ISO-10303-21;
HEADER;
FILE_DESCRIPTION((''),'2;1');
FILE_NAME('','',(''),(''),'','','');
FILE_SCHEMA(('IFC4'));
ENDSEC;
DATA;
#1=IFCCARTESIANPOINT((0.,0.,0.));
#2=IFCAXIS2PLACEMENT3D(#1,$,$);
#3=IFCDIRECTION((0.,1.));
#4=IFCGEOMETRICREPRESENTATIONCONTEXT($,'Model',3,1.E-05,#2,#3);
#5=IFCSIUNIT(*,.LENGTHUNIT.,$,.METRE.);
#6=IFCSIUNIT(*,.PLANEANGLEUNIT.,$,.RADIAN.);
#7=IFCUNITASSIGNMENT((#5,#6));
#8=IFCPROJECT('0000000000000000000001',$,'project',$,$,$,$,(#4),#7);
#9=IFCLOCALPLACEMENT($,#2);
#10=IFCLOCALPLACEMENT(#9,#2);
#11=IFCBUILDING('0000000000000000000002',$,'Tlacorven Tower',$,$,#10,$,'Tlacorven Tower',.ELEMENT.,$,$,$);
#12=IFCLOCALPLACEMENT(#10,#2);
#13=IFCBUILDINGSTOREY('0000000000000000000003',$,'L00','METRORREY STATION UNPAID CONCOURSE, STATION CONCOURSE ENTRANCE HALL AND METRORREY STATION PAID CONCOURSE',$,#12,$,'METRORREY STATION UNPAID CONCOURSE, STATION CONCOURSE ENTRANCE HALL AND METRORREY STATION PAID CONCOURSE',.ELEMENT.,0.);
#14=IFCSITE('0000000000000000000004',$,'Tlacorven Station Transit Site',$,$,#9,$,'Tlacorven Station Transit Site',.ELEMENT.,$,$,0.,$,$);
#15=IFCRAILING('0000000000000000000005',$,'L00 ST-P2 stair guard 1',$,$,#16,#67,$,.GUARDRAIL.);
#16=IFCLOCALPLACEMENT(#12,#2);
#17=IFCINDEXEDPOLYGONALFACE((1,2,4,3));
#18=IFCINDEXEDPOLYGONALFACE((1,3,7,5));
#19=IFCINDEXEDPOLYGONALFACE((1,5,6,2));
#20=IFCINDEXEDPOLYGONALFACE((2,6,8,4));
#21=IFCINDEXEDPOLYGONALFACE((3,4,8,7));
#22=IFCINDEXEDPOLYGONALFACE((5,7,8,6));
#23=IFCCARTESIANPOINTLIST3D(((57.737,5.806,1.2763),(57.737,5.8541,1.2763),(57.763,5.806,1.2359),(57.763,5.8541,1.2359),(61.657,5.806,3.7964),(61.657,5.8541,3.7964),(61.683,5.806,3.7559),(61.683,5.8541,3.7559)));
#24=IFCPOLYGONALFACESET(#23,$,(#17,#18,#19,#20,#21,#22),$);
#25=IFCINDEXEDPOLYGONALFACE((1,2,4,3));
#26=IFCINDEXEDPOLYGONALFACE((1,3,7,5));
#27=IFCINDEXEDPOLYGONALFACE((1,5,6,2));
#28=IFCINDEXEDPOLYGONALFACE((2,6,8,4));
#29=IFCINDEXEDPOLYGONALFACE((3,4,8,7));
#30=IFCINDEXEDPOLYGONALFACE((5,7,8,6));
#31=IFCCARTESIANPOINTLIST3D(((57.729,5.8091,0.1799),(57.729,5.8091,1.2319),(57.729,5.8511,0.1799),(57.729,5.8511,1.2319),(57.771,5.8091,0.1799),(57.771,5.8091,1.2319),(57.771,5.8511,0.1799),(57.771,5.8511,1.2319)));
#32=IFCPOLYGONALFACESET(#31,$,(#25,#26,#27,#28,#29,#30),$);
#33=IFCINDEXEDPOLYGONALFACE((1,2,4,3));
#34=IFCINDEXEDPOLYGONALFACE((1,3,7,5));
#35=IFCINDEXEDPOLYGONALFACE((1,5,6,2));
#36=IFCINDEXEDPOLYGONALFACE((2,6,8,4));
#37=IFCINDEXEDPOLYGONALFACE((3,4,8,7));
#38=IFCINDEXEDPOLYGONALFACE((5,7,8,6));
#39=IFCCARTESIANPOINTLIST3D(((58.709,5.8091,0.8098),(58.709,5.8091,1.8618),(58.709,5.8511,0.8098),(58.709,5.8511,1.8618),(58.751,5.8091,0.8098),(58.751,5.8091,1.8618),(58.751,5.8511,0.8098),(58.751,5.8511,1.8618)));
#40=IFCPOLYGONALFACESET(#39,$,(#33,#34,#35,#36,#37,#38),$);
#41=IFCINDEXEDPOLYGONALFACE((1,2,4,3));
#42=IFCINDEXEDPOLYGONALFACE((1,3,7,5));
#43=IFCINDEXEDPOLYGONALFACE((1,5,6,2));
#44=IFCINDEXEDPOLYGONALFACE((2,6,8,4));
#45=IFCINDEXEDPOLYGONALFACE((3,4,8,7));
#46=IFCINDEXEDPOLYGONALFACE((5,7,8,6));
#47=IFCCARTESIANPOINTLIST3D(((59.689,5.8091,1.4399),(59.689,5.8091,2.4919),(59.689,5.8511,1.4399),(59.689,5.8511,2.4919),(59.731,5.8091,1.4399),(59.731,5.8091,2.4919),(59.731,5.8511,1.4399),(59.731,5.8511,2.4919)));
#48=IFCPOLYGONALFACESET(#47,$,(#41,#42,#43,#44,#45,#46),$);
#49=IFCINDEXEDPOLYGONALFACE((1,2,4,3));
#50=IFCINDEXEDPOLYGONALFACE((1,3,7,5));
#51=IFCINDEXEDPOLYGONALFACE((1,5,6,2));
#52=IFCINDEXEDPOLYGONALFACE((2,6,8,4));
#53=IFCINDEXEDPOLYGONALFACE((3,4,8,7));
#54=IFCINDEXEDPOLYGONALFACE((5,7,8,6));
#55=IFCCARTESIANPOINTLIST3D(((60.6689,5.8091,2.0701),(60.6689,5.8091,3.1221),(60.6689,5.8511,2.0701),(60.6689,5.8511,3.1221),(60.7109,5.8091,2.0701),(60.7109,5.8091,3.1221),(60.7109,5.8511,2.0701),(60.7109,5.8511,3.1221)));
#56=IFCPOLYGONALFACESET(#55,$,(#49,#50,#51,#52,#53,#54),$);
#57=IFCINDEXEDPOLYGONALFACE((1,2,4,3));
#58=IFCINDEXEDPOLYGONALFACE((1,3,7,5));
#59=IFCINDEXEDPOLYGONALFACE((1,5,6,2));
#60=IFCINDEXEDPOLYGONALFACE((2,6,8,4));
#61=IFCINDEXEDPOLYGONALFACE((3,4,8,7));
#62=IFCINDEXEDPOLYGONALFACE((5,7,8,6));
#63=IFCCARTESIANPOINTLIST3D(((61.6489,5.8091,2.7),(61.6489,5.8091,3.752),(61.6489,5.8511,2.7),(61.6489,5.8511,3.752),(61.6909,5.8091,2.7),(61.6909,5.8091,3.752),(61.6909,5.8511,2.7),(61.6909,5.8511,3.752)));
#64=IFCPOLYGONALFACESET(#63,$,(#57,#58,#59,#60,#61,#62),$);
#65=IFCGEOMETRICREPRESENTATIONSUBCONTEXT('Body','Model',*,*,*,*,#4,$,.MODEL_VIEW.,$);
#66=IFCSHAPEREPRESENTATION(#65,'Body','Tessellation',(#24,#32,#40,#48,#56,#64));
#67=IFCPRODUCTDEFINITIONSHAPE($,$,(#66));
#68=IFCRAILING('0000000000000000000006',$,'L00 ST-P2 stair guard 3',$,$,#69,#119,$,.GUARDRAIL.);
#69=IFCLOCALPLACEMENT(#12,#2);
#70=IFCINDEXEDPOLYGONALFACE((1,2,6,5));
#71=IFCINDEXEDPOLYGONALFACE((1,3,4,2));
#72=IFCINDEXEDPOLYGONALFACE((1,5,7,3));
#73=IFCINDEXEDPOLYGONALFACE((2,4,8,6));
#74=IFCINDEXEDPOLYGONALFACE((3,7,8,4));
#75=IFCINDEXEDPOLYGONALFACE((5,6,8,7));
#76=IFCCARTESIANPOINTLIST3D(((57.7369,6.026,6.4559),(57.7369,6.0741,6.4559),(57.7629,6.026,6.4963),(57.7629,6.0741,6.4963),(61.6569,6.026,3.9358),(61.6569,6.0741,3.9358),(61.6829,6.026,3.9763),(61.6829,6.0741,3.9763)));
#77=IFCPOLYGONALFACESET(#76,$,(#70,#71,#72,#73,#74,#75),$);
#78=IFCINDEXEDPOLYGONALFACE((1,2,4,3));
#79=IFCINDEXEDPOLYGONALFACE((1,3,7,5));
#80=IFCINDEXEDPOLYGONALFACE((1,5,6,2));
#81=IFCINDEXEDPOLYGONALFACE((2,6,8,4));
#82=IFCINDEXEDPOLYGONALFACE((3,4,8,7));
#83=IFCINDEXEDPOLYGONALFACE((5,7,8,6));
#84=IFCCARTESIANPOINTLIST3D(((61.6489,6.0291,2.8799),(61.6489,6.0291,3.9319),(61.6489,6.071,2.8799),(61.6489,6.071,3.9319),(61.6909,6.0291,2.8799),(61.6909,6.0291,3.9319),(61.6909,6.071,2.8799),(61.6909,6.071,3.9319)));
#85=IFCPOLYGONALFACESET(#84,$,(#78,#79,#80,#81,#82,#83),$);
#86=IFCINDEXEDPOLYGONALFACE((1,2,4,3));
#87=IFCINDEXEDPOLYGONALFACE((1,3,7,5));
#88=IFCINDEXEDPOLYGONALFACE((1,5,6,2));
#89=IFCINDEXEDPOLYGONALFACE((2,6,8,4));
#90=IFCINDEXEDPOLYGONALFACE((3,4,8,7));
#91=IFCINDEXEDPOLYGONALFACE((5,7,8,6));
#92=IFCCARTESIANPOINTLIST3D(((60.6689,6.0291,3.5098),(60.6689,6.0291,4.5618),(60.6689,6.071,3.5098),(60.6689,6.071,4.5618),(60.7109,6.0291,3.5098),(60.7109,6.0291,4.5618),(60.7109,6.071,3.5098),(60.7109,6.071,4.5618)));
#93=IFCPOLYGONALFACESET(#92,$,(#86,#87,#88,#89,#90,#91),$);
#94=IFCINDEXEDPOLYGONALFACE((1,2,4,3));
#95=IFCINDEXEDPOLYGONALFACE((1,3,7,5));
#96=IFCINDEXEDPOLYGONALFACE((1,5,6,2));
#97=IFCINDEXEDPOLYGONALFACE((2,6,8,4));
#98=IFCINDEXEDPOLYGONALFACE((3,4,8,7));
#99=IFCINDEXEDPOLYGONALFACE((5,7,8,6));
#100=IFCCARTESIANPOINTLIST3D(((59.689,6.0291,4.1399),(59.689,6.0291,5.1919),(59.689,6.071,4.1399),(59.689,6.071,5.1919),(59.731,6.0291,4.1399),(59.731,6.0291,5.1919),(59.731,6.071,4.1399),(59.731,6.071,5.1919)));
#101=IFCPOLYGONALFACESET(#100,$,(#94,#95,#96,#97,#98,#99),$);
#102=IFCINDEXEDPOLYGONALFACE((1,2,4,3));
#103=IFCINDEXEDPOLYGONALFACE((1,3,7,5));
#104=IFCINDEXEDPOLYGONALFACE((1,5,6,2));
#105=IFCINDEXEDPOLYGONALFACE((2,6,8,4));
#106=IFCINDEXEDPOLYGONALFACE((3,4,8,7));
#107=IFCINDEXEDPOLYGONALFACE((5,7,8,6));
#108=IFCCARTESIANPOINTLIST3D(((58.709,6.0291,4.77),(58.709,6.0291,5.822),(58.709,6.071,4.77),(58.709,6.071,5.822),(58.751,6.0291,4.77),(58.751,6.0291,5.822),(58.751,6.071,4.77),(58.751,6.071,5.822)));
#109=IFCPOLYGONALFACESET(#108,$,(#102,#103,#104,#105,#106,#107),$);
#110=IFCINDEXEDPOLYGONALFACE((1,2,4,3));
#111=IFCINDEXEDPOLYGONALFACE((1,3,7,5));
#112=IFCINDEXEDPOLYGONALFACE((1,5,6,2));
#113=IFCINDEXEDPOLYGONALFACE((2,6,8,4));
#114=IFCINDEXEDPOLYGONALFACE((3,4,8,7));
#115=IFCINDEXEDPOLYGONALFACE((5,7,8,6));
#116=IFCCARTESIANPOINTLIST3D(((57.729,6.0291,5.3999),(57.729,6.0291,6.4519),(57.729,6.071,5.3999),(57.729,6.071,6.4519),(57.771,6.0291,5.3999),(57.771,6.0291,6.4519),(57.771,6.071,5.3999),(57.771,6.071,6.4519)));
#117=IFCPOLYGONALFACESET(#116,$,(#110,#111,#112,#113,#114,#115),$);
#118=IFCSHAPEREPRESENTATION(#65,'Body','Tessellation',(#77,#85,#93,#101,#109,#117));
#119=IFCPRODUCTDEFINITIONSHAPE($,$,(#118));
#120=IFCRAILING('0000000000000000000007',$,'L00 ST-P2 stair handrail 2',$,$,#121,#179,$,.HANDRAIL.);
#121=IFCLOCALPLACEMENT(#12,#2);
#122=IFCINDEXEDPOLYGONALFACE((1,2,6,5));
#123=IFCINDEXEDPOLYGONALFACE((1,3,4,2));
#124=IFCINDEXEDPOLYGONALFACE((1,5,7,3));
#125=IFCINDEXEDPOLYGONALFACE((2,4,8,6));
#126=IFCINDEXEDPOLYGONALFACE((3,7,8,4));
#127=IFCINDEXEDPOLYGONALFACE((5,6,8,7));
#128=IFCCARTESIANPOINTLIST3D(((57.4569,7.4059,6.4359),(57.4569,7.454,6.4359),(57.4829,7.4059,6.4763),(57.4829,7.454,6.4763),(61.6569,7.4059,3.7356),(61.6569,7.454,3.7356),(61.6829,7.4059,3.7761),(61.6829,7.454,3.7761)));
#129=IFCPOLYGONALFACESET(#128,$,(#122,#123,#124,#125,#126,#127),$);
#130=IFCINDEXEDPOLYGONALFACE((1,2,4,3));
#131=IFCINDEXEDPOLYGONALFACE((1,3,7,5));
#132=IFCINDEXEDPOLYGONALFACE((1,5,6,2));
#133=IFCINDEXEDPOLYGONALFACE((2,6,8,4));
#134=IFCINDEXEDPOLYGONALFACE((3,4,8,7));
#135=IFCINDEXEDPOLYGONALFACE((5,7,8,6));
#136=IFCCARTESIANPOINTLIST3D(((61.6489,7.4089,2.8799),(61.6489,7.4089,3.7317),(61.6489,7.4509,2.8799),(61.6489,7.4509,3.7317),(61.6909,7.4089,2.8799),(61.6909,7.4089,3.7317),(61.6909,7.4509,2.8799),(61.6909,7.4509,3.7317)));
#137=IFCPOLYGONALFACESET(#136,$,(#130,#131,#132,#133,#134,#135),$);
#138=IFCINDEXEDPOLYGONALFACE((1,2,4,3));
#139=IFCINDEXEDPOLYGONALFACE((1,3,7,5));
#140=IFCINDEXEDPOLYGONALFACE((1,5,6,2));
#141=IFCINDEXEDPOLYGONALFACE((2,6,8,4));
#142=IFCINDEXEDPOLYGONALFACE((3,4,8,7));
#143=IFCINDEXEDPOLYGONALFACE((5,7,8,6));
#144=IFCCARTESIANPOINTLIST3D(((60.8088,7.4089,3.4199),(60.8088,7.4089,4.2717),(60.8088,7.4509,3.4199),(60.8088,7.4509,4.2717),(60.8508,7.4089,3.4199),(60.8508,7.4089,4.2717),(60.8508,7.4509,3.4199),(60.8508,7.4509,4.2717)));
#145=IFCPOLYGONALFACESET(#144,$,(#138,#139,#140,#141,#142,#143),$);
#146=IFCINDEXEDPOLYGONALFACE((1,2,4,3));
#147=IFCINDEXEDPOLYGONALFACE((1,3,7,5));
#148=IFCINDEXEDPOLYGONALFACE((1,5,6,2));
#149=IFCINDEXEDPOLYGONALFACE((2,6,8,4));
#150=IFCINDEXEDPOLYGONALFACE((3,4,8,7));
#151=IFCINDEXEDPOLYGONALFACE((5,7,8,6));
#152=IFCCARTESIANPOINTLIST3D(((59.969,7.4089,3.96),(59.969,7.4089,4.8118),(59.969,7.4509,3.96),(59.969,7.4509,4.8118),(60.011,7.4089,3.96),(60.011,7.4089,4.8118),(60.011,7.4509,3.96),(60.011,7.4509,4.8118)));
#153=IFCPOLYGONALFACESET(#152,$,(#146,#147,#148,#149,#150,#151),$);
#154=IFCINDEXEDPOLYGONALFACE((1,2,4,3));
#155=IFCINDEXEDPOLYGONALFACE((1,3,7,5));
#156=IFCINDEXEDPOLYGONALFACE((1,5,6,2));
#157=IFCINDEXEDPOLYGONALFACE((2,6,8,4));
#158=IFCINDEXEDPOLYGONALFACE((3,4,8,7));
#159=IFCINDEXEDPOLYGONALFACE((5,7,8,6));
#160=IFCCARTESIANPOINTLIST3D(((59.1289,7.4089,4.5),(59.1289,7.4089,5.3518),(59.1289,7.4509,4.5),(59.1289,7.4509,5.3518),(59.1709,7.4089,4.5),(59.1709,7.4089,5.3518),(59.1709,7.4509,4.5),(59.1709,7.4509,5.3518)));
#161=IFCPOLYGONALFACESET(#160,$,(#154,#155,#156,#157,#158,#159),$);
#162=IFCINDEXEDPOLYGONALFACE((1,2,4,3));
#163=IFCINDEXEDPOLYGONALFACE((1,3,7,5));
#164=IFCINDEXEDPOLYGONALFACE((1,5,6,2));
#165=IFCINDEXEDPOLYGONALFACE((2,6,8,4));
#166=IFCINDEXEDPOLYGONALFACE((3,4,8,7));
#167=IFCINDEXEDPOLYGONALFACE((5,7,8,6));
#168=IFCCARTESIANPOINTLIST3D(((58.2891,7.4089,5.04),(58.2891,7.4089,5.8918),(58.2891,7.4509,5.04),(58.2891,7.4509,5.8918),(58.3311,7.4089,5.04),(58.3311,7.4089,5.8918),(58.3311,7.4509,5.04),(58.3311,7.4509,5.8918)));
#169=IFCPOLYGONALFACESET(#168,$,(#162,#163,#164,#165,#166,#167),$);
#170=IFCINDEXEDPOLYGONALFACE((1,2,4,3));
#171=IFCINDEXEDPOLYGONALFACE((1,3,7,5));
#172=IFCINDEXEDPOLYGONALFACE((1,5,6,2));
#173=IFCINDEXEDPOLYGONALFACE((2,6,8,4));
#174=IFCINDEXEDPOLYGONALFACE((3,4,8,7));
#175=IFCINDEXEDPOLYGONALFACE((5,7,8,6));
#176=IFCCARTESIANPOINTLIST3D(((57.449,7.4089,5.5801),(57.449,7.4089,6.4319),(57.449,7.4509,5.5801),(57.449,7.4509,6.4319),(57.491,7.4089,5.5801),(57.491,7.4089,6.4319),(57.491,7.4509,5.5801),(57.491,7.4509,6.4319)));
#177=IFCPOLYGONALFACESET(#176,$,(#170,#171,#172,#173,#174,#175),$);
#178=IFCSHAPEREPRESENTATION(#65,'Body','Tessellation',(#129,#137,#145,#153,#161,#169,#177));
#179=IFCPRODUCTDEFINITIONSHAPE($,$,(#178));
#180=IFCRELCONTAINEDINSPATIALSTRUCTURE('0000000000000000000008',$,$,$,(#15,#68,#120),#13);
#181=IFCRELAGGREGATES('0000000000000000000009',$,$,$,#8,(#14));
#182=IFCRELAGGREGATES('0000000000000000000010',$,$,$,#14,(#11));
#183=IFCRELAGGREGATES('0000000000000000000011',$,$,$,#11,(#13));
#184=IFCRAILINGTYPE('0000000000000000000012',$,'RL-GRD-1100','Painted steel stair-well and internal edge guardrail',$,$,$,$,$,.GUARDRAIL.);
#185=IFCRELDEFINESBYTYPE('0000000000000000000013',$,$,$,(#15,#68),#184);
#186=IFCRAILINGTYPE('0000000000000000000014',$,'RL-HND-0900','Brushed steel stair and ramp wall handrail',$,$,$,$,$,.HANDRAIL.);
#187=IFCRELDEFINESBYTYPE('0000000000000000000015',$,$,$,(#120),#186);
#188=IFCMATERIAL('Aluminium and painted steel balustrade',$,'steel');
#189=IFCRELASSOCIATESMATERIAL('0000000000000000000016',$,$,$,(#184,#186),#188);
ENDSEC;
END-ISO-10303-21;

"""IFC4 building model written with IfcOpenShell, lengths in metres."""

from ifc_helpers import new_model, si_unit, direction, frame, origin, origin_2d, place, context, subcontext, project, spatial, rectangle, extrude, source, transform, mapped, material, type_object, element, save


model = new_model("IFC4")

# Units and contexts
model_context = context("Model", 3, precision=1e-05, world=origin(), true_north=direction((0.0, 1.0)))
body_context = subcontext(model_context, "Body", "Model", "MODEL_VIEW")
ifc_project = project(units=[si_unit("LENGTHUNIT", "METRE"), si_unit("PLANEANGLEUNIT", "RADIAN")], contexts=[model_context])

# Site, building, storey
site_placement = place(None, origin())
site = spatial("IfcSite", under=ifc_project, at=site_placement, Name="Tlacorven Station Transit Site", LongName="Tlacorven Station Transit Site", CompositionType="ELEMENT", RefElevation=0.0)
building_placement = place(site_placement, origin())
building = spatial("IfcBuilding", under=site, at=building_placement, Name="Tlacorven Tower", LongName="Tlacorven Tower", CompositionType="ELEMENT")
storey_placement = place(building_placement, origin())
storey = spatial("IfcBuildingStorey", under=building, at=storey_placement, Name="L00", Description="METRORREY STATION UNPAID CONCOURSE, STATION CONCOURSE ENTRANCE HALL AND METRORREY STATION PAID CONCOURSE", LongName="METRORREY STATION UNPAID CONCOURSE, STATION CONCOURSE ENTRANCE HALL AND METRORREY STATION PAID CONCOURSE", CompositionType="ELEMENT", Elevation=0.0)

# Railings
ifc_material_1 = material(Name="Aluminium and painted steel balustrade", Category="steel")
railing_type_1 = type_object("IfcRailingType", Name="RL-GRD-1100", Description="Painted steel stair-well and internal edge guardrail", PredefinedType="GUARDRAIL", material=ifc_material_1)
railing_type_2 = type_object("IfcRailingType", Name="RL-HND-0900", Description="Brushed steel stair and ramp wall handrail", PredefinedType="HANDRAIL", material=ifc_material_1)
shared_shape_1 = source(origin(), body_context, "Body", "SweptSolid", [
    extrude(rectangle(XDim=0.0481, YDim=0.0481, at=origin_2d()), frame((0.0, 0.0, 1.0762), z_axis=(0.841172, 0.0, 0.540768), x_axis=(0.0, 1.0, 0.0)), (0.0, 0.0, 1.0), 4.6602),
    extrude(rectangle(XDim=0.042, YDim=0.042, at=origin_2d()), origin(), (0.0, 0.0, 1.0), 1.052),
    extrude(rectangle(XDim=0.042, YDim=0.042, at=origin_2d()), frame((0.98, 0.0, 0.6299)), (0.0, 0.0, 1.0), 1.052),
    extrude(rectangle(XDim=0.042, YDim=0.042, at=origin_2d()), frame((1.96, 0.0, 1.26)), (0.0, 0.0, 1.0), 1.052),
    extrude(rectangle(XDim=0.042, YDim=0.042, at=origin_2d()), frame((2.9399, 0.0, 1.8901)), (0.0, 0.0, 1.0), 1.052),
    extrude(rectangle(XDim=0.042, YDim=0.042, at=origin_2d()), frame((3.9199, 0.0, 2.52)), (0.0, 0.0, 1.0), 1.052),
])
railing_1_placement = place(storey_placement, frame((57.75, 5.8301, 0.1799)))
element("IfcRailing", 1, at=railing_1_placement, inside=storey, type_object=railing_type_1, Name="L00 ST-P2 stair guard 1", PredefinedType="GUARDRAIL", context=body_context, shape_type="MappedRepresentation", body=[
    mapped(shared_shape_1, transform((0.0, 0.0, 0.0), scale=1.0)),
])
shared_shape_2 = source(origin(), body_context, "Body", "SweptSolid", [
    extrude(rectangle(XDim=0.0481, YDim=0.0481, at=origin_2d()), frame((0.0, 0.0, 1.0762), z_axis=(-0.841172, 0.0, 0.540768), x_axis=(0.0, -1.0, 0.0)), (0.0, 0.0, 1.0), 4.6602),
    extrude(rectangle(XDim=0.042, YDim=0.042, at=origin_2d()), origin(), (0.0, 0.0, 1.0), 1.052),
    extrude(rectangle(XDim=0.042, YDim=0.042, at=origin_2d()), frame((-0.98, 0.0, 0.6299)), (0.0, 0.0, 1.0), 1.052),
    extrude(rectangle(XDim=0.042, YDim=0.042, at=origin_2d()), frame((-1.96, 0.0, 1.26)), (0.0, 0.0, 1.0), 1.052),
    extrude(rectangle(XDim=0.042, YDim=0.042, at=origin_2d()), frame((-2.9399, 0.0, 1.8901)), (0.0, 0.0, 1.0), 1.052),
    extrude(rectangle(XDim=0.042, YDim=0.042, at=origin_2d()), frame((-3.9199, 0.0, 2.52)), (0.0, 0.0, 1.0), 1.052),
])
railing_2_placement = place(storey_placement, frame((61.6699, 6.05, 2.8799)))
element("IfcRailing", 2, at=railing_2_placement, inside=storey, type_object=railing_type_1, Name="L00 ST-P2 stair guard 3", PredefinedType="GUARDRAIL", context=body_context, shape_type="MappedRepresentation", body=[
    mapped(shared_shape_2, transform((0.0, 0.0, 0.0), scale=1.0)),
])
shared_shape_3 = source(origin(), body_context, "Body", "SweptSolid", [
    extrude(rectangle(XDim=0.0481, YDim=0.0481, at=origin_2d()), frame((0.0, 0.0, 0.876), z_axis=(-0.841158, 0.0, 0.54079), x_axis=(0.0, -1.0, 0.0)), (0.0, 0.0, 1.0), 4.9932),
    extrude(rectangle(XDim=0.042, YDim=0.042, at=origin_2d()), origin(), (0.0, 0.0, 1.0), 0.8518),
    extrude(rectangle(XDim=0.042, YDim=0.042, at=origin_2d()), frame((-0.8401, 0.0, 0.54)), (0.0, 0.0, 1.0), 0.8518),
    extrude(rectangle(XDim=0.042, YDim=0.042, at=origin_2d()), frame((-1.6799, 0.0, 1.0801)), (0.0, 0.0, 1.0), 0.8518),
    extrude(rectangle(XDim=0.042, YDim=0.042, at=origin_2d()), frame((-2.52, 0.0, 1.6201)), (0.0, 0.0, 1.0), 0.8518),
    extrude(rectangle(XDim=0.042, YDim=0.042, at=origin_2d()), frame((-3.3599, 0.0, 2.1602)), (0.0, 0.0, 1.0), 0.8518),
    extrude(rectangle(XDim=0.042, YDim=0.042, at=origin_2d()), frame((-4.2, 0.0, 2.7002)), (0.0, 0.0, 1.0), 0.8518),
])
railing_3_placement = place(storey_placement, frame((61.6699, 7.4299, 2.8799)))
element("IfcRailing", 3, at=railing_3_placement, inside=storey, type_object=railing_type_2, Name="L00 ST-P2 stair handrail 2", PredefinedType="HANDRAIL", context=body_context, shape_type="MappedRepresentation", body=[
    mapped(shared_shape_3, transform((0.0, 0.0, 0.0), scale=1.0)),
])

save(model, "model.ifc")
